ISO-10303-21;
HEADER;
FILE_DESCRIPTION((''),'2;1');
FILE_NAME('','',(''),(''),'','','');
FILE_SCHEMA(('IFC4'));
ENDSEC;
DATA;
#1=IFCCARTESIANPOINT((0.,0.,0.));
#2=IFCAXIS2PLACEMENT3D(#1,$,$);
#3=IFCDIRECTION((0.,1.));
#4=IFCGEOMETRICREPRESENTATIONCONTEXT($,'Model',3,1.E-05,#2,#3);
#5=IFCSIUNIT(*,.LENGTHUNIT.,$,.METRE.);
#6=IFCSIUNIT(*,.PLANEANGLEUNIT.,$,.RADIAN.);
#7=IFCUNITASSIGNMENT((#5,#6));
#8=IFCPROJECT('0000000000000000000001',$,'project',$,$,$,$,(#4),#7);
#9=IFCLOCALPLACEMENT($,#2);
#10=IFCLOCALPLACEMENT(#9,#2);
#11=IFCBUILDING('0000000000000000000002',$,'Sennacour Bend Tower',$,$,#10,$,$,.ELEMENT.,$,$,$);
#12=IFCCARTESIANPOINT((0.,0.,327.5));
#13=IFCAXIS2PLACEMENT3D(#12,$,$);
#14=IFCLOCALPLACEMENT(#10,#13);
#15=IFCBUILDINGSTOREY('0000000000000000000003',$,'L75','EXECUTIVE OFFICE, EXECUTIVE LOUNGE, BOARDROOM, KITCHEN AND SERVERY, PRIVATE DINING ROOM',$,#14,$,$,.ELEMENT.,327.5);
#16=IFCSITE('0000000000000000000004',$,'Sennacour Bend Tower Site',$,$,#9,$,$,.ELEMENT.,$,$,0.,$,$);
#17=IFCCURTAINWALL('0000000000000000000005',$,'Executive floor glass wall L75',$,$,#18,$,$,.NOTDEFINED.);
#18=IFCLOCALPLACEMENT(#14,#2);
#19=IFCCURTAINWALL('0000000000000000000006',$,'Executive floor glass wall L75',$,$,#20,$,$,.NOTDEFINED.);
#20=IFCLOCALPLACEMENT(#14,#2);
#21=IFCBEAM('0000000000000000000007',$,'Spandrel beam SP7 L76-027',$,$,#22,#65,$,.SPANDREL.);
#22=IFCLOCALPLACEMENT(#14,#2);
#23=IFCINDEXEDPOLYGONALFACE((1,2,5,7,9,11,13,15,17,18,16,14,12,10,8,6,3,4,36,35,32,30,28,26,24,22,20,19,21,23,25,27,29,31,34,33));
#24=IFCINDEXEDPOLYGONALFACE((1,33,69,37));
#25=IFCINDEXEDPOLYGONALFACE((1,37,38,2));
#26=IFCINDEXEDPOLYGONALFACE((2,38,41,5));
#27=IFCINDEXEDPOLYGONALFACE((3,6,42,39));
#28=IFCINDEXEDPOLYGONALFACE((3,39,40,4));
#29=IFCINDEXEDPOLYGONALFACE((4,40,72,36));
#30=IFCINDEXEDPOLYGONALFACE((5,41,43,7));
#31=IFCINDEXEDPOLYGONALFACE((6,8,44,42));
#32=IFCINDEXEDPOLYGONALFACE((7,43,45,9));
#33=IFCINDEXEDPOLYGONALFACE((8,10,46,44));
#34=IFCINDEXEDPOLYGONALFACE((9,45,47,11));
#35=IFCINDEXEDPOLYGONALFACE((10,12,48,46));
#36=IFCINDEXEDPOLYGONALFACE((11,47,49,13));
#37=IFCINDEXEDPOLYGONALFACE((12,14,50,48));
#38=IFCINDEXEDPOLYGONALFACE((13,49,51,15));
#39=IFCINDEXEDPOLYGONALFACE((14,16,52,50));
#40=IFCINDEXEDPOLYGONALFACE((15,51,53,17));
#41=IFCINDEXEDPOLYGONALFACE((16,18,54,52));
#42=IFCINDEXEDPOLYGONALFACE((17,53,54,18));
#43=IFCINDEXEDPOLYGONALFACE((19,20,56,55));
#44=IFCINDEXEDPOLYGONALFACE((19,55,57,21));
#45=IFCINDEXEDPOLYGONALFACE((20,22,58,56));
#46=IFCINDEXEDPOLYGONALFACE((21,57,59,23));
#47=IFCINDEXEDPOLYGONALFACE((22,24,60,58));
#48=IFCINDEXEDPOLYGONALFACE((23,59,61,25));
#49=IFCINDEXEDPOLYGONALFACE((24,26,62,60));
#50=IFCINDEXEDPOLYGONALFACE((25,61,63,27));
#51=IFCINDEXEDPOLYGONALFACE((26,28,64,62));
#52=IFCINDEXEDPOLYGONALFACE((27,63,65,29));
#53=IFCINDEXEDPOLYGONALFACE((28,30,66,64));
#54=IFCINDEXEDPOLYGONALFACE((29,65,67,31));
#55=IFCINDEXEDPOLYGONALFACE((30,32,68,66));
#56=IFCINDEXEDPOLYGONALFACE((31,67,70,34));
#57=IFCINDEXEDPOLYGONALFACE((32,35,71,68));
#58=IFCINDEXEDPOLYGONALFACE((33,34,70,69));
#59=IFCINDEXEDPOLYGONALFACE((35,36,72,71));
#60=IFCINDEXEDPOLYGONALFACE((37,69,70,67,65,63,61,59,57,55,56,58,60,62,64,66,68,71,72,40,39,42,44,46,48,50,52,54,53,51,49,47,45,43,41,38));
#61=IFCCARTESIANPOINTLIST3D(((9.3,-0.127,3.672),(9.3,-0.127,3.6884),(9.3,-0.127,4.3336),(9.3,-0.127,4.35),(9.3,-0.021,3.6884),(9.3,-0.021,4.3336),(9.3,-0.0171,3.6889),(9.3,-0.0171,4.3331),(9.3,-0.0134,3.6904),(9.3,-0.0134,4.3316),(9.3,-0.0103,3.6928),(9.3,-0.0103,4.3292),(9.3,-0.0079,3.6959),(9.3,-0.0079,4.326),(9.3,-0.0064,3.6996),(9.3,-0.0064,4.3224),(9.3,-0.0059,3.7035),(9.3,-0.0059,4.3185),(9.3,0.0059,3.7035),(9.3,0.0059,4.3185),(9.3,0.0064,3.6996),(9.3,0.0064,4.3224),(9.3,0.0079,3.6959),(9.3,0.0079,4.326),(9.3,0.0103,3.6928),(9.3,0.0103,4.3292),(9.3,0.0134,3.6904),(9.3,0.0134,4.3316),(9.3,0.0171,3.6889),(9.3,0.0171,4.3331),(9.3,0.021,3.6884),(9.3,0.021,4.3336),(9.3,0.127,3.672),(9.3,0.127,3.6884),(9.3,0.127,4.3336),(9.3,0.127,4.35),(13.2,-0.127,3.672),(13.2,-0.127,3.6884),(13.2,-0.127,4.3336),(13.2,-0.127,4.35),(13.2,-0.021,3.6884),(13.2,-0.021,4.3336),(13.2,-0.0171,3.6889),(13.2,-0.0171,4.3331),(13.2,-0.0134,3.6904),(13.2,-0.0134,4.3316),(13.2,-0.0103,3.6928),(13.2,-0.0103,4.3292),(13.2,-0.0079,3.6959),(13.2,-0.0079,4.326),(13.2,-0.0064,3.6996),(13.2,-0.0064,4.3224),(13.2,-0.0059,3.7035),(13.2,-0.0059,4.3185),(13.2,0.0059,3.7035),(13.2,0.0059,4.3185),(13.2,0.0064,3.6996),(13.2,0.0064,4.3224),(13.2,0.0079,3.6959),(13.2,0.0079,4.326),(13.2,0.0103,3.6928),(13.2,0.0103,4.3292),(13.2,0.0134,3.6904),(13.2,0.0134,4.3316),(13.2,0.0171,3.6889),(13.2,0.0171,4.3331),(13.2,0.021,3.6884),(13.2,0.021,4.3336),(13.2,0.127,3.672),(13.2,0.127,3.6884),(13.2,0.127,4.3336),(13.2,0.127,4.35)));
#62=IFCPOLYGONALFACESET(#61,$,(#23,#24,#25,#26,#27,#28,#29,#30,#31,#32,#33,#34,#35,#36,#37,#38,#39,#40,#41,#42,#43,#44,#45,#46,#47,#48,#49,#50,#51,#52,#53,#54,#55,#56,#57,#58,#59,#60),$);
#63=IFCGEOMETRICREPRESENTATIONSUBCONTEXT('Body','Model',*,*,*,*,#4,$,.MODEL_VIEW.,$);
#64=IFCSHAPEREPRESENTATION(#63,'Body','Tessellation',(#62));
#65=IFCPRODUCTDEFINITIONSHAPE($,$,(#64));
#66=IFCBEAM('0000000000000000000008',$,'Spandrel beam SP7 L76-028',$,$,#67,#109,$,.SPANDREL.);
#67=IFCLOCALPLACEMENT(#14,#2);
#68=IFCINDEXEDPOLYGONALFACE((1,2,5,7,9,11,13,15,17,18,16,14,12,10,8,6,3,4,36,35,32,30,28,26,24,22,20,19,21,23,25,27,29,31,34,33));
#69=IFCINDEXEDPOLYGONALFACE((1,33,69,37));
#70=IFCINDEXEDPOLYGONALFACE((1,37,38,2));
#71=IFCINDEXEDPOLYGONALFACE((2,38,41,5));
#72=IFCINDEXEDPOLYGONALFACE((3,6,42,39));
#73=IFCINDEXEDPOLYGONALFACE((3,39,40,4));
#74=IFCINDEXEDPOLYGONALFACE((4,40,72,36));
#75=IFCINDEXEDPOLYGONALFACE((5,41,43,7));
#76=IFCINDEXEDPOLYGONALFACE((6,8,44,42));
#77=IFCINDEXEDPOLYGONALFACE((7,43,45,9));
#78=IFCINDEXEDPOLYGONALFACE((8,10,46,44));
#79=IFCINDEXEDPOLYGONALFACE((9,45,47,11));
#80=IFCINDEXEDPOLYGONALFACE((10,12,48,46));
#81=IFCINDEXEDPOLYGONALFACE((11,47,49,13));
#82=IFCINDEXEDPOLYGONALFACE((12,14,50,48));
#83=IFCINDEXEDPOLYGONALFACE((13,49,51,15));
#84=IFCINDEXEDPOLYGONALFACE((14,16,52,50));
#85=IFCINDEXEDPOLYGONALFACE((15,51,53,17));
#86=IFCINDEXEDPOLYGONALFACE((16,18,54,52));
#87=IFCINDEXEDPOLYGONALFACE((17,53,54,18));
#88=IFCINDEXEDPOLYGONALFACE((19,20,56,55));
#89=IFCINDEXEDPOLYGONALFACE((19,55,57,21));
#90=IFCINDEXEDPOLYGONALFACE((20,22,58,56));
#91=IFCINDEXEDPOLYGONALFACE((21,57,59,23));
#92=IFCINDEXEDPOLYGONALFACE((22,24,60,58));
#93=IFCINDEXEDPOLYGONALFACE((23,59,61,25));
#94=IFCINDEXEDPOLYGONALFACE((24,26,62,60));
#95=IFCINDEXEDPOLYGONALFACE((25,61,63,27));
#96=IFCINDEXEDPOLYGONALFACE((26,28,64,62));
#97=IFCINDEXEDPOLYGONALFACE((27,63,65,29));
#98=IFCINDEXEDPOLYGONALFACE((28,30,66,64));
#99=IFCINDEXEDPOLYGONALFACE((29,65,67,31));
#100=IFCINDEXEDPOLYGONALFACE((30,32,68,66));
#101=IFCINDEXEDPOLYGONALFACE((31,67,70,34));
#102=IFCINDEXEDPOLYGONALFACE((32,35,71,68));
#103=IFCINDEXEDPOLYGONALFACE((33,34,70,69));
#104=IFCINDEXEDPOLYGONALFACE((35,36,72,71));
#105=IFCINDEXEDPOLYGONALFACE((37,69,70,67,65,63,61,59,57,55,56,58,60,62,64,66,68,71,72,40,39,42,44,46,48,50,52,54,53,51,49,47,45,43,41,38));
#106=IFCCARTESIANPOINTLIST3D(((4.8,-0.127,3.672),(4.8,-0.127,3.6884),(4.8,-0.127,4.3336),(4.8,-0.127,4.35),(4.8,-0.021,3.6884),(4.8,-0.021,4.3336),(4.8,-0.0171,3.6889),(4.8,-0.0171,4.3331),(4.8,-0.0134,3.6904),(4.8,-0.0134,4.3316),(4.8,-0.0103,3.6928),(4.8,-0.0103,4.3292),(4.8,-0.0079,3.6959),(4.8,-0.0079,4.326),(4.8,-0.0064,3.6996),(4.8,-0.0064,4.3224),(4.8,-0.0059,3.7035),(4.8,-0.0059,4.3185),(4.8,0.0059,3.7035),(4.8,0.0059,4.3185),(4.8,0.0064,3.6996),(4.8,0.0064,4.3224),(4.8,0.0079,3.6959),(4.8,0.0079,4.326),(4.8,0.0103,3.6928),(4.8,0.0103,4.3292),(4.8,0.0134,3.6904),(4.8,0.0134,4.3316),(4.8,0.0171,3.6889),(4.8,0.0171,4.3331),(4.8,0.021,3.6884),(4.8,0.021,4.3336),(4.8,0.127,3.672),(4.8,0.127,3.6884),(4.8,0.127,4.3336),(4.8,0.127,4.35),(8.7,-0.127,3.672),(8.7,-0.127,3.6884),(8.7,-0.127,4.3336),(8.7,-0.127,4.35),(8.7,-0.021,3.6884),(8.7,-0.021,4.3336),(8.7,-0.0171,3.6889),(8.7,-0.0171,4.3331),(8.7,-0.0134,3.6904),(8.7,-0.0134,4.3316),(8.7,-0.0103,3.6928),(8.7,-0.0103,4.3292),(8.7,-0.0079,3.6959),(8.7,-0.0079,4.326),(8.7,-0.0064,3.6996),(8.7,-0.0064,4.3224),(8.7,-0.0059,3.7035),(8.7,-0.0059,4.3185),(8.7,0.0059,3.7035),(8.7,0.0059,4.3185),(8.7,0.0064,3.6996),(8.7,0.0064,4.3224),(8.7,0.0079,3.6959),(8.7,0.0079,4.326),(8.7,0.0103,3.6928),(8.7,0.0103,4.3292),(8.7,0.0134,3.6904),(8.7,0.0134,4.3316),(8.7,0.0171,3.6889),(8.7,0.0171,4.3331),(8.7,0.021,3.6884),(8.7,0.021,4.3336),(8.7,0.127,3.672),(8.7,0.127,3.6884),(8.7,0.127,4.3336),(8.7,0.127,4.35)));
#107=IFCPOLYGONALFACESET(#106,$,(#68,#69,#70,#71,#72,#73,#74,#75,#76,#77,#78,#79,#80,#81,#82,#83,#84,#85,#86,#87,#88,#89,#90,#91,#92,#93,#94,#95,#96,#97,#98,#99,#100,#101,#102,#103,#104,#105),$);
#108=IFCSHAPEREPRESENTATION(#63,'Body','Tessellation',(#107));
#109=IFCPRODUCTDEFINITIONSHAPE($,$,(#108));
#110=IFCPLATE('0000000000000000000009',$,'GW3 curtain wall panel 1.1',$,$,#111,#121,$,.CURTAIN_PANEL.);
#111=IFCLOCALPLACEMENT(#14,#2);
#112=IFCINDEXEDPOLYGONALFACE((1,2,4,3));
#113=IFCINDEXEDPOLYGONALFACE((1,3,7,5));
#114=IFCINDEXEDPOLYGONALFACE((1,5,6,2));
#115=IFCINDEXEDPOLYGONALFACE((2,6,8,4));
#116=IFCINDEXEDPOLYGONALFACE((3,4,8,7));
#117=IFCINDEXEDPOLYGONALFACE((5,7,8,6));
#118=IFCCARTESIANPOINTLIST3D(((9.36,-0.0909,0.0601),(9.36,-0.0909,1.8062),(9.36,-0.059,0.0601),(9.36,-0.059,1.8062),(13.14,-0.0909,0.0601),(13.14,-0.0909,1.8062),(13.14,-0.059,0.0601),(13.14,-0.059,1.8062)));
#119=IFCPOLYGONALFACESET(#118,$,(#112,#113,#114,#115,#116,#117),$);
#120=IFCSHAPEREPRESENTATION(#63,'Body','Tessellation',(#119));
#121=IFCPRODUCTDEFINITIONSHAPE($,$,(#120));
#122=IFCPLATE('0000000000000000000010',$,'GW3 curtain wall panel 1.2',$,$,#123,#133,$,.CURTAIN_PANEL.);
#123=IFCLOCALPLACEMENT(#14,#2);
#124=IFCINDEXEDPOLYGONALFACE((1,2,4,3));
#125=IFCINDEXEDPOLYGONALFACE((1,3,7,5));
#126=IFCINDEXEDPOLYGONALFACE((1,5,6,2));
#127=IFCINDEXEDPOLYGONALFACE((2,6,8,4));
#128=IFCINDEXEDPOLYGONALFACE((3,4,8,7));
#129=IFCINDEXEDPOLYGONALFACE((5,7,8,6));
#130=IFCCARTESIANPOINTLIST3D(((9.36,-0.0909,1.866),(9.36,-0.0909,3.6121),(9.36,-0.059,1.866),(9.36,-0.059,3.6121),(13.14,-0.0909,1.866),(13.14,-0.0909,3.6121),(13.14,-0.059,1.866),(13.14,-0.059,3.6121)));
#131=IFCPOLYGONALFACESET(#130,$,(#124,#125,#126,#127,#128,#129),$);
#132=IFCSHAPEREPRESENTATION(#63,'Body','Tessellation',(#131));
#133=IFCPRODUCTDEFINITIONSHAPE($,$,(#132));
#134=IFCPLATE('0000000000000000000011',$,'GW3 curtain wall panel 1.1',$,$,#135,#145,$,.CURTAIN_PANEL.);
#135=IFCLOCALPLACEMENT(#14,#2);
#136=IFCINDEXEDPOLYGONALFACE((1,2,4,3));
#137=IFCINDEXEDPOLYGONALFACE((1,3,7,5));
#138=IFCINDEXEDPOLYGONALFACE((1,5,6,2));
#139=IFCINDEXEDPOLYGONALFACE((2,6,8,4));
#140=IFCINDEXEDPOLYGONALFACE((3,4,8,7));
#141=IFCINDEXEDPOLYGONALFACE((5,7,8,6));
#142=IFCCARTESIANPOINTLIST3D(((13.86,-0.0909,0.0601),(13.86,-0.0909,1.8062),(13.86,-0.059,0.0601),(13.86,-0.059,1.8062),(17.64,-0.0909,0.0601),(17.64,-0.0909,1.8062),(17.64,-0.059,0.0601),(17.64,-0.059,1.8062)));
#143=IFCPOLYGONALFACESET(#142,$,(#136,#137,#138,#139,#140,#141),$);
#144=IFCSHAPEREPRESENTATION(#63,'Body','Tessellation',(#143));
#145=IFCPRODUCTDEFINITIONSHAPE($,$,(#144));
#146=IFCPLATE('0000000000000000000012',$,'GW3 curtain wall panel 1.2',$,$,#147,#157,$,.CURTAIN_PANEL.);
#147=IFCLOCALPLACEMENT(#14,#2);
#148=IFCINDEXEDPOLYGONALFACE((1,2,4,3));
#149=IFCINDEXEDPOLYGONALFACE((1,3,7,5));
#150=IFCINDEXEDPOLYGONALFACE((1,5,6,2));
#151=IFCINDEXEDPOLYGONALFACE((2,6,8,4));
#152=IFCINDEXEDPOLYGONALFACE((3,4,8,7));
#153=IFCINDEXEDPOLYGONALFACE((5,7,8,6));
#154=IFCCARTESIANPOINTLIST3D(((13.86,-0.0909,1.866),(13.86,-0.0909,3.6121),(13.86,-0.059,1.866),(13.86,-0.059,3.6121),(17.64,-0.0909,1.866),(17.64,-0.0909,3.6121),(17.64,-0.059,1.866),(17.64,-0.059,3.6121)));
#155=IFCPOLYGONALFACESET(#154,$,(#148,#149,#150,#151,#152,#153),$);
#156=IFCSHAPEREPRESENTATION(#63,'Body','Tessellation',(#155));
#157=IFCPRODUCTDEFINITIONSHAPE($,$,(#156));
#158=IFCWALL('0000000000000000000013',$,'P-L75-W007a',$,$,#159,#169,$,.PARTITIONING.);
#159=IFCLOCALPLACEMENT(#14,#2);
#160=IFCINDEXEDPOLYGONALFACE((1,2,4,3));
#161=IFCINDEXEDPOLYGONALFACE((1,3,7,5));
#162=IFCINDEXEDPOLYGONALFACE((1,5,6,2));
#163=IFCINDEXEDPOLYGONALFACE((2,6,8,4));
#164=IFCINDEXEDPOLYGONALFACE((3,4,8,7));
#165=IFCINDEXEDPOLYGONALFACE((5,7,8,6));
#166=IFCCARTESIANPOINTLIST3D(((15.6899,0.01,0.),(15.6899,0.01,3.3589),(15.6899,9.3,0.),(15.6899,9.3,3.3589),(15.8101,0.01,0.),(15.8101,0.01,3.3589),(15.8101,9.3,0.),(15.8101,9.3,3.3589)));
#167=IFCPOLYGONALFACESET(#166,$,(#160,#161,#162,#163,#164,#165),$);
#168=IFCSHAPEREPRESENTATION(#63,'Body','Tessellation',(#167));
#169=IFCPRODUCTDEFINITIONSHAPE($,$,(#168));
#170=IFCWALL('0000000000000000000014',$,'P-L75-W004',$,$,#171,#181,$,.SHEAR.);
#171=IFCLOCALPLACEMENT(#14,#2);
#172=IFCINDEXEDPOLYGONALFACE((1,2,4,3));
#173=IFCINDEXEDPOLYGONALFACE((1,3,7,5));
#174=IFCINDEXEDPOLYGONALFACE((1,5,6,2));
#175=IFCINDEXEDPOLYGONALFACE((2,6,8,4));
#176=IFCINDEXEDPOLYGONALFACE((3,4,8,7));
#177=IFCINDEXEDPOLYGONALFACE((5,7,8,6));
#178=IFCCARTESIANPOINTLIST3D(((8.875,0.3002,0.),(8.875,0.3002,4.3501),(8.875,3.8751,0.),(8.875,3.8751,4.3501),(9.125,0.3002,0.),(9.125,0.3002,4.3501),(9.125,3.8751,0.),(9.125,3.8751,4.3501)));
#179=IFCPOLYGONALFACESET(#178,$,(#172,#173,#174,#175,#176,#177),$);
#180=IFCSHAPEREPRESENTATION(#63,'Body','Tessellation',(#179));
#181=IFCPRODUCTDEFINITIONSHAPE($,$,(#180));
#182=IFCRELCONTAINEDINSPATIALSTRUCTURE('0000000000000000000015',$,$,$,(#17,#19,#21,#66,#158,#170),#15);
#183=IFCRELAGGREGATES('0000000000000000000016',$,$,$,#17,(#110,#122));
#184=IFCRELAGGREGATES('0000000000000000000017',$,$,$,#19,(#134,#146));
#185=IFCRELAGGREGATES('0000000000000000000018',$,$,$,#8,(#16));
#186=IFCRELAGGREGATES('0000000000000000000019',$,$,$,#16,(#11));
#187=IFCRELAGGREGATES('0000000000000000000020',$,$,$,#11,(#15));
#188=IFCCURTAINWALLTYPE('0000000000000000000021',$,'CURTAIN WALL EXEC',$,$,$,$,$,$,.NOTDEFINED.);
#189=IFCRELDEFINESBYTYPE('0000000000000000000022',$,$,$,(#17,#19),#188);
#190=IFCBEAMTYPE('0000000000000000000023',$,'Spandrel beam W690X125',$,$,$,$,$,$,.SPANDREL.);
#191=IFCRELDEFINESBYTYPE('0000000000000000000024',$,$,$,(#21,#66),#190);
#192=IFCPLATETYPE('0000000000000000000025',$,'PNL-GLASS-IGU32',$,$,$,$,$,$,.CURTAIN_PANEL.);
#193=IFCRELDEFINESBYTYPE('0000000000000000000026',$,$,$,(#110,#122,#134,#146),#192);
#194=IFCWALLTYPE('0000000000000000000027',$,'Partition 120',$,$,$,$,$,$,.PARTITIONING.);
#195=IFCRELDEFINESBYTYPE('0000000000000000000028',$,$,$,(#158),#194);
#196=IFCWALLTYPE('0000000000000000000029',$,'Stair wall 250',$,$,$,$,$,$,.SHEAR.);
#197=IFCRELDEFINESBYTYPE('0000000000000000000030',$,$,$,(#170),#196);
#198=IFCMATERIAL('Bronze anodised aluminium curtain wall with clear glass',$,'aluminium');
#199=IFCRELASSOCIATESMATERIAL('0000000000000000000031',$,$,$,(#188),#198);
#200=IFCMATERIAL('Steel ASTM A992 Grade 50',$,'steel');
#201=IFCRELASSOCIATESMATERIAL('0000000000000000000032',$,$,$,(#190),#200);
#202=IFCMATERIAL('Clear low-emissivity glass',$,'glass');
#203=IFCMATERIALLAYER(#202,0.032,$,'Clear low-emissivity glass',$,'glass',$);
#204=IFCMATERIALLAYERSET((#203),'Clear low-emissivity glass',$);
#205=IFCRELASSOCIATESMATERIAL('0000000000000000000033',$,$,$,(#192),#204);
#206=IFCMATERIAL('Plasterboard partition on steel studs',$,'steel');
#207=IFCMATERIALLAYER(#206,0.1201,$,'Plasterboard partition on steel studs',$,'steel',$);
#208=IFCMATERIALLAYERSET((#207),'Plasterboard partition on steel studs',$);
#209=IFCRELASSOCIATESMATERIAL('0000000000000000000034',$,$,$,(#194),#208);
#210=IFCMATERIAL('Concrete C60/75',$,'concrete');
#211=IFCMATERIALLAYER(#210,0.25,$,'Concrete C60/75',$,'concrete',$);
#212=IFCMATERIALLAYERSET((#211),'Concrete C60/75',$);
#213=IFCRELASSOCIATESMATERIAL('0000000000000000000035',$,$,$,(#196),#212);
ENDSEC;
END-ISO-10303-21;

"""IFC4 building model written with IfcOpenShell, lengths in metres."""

from ifc_helpers import new_model, si_unit, direction, frame, frame_2d, origin, origin_2d, place, context, subcontext, project, spatial, rectangle, i_section, extrude, material, layer, layer_set, material_profile, profile_set, type_object, element, aggregate, save


model = new_model("IFC4")

# Units and contexts
model_context = context("Model", 3, precision=1e-05, world=origin(), true_north=direction((0.0, 1.0)))
body_context = subcontext(model_context, "Body", "Model", "MODEL_VIEW")
ifc_project = project(units=[si_unit("LENGTHUNIT", "METRE"), si_unit("PLANEANGLEUNIT", "RADIAN")], contexts=[model_context])

# Site, building, storey
site_placement = place(None, origin())
site = spatial("IfcSite", under=ifc_project, at=site_placement, Name="Sennacour Bend Tower Site", CompositionType="ELEMENT", RefElevation=0.0)
building_placement = place(site_placement, origin())
building = spatial("IfcBuilding", under=site, at=building_placement, Name="Sennacour Bend Tower", CompositionType="ELEMENT")
storey_placement = place(building_placement, frame((0.0, 0.0, 327.5)))
storey = spatial("IfcBuildingStorey", under=building, at=storey_placement, Name="L75", Description="EXECUTIVE OFFICE, EXECUTIVE LOUNGE, BOARDROOM, KITCHEN AND SERVERY, PRIVATE DINING ROOM", CompositionType="ELEMENT", Elevation=327.5)

# Shared definitions
ifc_material_1 = material(Name="Bronze anodised aluminium curtain wall with clear glass", Category="aluminium")
curtain_wall_type = type_object("IfcCurtainWallType", Name="CURTAIN WALL EXEC", PredefinedType="NOTDEFINED", material=ifc_material_1)

# Curtain walls
curtain_wall_1_placement = place(storey_placement, origin())
curtain_wall_1 = element("IfcCurtainWall", 1, at=curtain_wall_1_placement, inside=storey, type_object=curtain_wall_type, Name="Executive floor glass wall L75", PredefinedType="NOTDEFINED")
curtain_wall_2_placement = place(storey_placement, origin())
curtain_wall_2 = element("IfcCurtainWall", 2, at=curtain_wall_2_placement, inside=storey, type_object=curtain_wall_type, Name="Executive floor glass wall L75", PredefinedType="NOTDEFINED")

# Beams
ifc_material_2 = material(Name="Steel ASTM A992 Grade 50", Category="steel")
ifc_material_profile_1 = material_profile(ifc_material_2, i_section(OverallWidth=0.2539, OverallDepth=0.678, WebThickness=0.0117, FlangeThickness=0.0164, FilletRadius=0.0151, at=origin_2d()), Name="Steel ASTM A992 Grade 50", Category="steel")
ifc_profile_set_1 = profile_set([ifc_material_profile_1], Name="Steel ASTM A992 Grade 50")
beam_type_1 = type_object("IfcBeamType", Name="Spandrel beam W690X125", PredefinedType="SPANDREL", material=ifc_profile_set_1)
for number, where, z_axis, x_axis, name in (
    (3, (13.2, 0.0, 4.011), (-1.0, 0.0, 0.0), (0.0, -1.0, 0.0), "Spandrel beam SP7 L76-027"),
    (4, (8.7, 0.0, 4.011), (-1.0, 0.0, 0.0), (0.0, -1.0, 0.0), "Spandrel beam SP7 L76-028"),
):
    element("IfcBeam", number, at=place(storey_placement, frame(where, z_axis=z_axis, x_axis=x_axis)), inside=storey, type_object=beam_type_1, Name=name, PredefinedType="SPANDREL", context=body_context, shape_type="SweptSolid", body=[
        extrude(i_section(OverallWidth=0.2539, OverallDepth=0.678, WebThickness=0.0117, FlangeThickness=0.0164, FilletRadius=0.0151, at=origin_2d()), origin(), (0.0, 0.0, 1.0), 3.8999),
    ])

# Plates
ifc_material_3 = material(Name="Clear low-emissivity glass", Category="glass")
ifc_layer_1 = layer(ifc_material_3, 0.032, Name="Clear low-emissivity glass", Category="glass")
ifc_layer_set_1 = layer_set([ifc_layer_1], Name="Clear low-emissivity glass")
plate_type = type_object("IfcPlateType", Name="PNL-GLASS-IGU32", PredefinedType="CURTAIN_PANEL", material=ifc_layer_set_1)
plate_1_placement = place(storey_placement, frame((11.25, -0.075, 0.0601), z_axis=(0.0, 0.0, 1.0), x_axis=(1.0, 0.0, 0.0)))
plate_1 = element("IfcPlate", 5, at=plate_1_placement, type_object=plate_type, Name="GW3 curtain wall panel 1.1", PredefinedType="CURTAIN_PANEL", context=body_context, shape_type="SweptSolid", body=[
    extrude(rectangle(XDim=3.78, YDim=0.032, at=origin_2d()), origin(), (0.0, 0.0, 1.0), 1.7461),
])
plate_2_placement = place(storey_placement, frame((11.25, -0.075, 1.866), z_axis=(0.0, 0.0, 1.0), x_axis=(1.0, 0.0, 0.0)))
plate_2 = element("IfcPlate", 6, at=plate_2_placement, type_object=plate_type, Name="GW3 curtain wall panel 1.2", PredefinedType="CURTAIN_PANEL", context=body_context, shape_type="SweptSolid", body=[
    extrude(rectangle(XDim=3.78, YDim=0.032, at=origin_2d()), origin(), (0.0, 0.0, 1.0), 1.7461),
])
aggregate(curtain_wall_1, [plate_1, plate_2])
plate_3_placement = place(storey_placement, frame((15.75, -0.075, 0.0601), z_axis=(0.0, 0.0, 1.0), x_axis=(1.0, 0.0, 0.0)))
plate_3 = element("IfcPlate", 7, at=plate_3_placement, type_object=plate_type, Name="GW3 curtain wall panel 1.1", PredefinedType="CURTAIN_PANEL", context=body_context, shape_type="SweptSolid", body=[
    extrude(rectangle(XDim=3.78, YDim=0.032, at=origin_2d()), origin(), (0.0, 0.0, 1.0), 1.7461),
])
plate_4_placement = place(storey_placement, frame((15.75, -0.075, 1.866), z_axis=(0.0, 0.0, 1.0), x_axis=(1.0, 0.0, 0.0)))
plate_4 = element("IfcPlate", 8, at=plate_4_placement, type_object=plate_type, Name="GW3 curtain wall panel 1.2", PredefinedType="CURTAIN_PANEL", context=body_context, shape_type="SweptSolid", body=[
    extrude(rectangle(XDim=3.78, YDim=0.032, at=origin_2d()), origin(), (0.0, 0.0, 1.0), 1.7461),
])
aggregate(curtain_wall_2, [plate_3, plate_4])

# Walls
ifc_material_4 = material(Name="Plasterboard partition on steel studs", Category="steel")
ifc_layer_2 = layer(ifc_material_4, 0.1201, Name="Plasterboard partition on steel studs", Category="steel")
ifc_layer_set_2 = layer_set([ifc_layer_2], Name="Plasterboard partition on steel studs")
wall_type_1 = type_object("IfcWallType", Name="Partition 120", PredefinedType="PARTITIONING", material=ifc_layer_set_2)
wall_1_placement = place(storey_placement, frame((15.75, 0.01, 0.0), z_axis=(0.0, 0.0, 1.0), x_axis=(0.0, 1.0, 0.0)))
element("IfcWall", 9, at=wall_1_placement, inside=storey, type_object=wall_type_1, Name="P-L75-W007a", PredefinedType="PARTITIONING", context=body_context, shape_type="SweptSolid", body=[
    extrude(rectangle(XDim=9.29, YDim=0.1201, at=frame_2d((4.645, 0.0))), origin(), (0.0, 0.0, 1.0), 3.3589),
])
ifc_material_5 = material(Name="Concrete C60/75", Category="concrete")
ifc_layer_3 = layer(ifc_material_5, 0.25, Name="Concrete C60/75", Category="concrete")
ifc_layer_set_3 = layer_set([ifc_layer_3], Name="Concrete C60/75")
wall_type_2 = type_object("IfcWallType", Name="Stair wall 250", PredefinedType="SHEAR", material=ifc_layer_set_3)
wall_2_placement = place(storey_placement, frame((9.0, 0.3, 0.0), z_axis=(0.0, 0.0, 1.0), x_axis=(0.0, 1.0, 0.0)))
element("IfcWall", 10, at=wall_2_placement, inside=storey, type_object=wall_type_2, Name="P-L75-W004", PredefinedType="SHEAR", context=body_context, shape_type="SweptSolid", body=[
    extrude(rectangle(XDim=3.575, YDim=0.25, at=frame_2d((1.7876, 0.0))), origin(), (0.0, 0.0, 1.0), 4.3501),
])

save(model, "model.ifc")
